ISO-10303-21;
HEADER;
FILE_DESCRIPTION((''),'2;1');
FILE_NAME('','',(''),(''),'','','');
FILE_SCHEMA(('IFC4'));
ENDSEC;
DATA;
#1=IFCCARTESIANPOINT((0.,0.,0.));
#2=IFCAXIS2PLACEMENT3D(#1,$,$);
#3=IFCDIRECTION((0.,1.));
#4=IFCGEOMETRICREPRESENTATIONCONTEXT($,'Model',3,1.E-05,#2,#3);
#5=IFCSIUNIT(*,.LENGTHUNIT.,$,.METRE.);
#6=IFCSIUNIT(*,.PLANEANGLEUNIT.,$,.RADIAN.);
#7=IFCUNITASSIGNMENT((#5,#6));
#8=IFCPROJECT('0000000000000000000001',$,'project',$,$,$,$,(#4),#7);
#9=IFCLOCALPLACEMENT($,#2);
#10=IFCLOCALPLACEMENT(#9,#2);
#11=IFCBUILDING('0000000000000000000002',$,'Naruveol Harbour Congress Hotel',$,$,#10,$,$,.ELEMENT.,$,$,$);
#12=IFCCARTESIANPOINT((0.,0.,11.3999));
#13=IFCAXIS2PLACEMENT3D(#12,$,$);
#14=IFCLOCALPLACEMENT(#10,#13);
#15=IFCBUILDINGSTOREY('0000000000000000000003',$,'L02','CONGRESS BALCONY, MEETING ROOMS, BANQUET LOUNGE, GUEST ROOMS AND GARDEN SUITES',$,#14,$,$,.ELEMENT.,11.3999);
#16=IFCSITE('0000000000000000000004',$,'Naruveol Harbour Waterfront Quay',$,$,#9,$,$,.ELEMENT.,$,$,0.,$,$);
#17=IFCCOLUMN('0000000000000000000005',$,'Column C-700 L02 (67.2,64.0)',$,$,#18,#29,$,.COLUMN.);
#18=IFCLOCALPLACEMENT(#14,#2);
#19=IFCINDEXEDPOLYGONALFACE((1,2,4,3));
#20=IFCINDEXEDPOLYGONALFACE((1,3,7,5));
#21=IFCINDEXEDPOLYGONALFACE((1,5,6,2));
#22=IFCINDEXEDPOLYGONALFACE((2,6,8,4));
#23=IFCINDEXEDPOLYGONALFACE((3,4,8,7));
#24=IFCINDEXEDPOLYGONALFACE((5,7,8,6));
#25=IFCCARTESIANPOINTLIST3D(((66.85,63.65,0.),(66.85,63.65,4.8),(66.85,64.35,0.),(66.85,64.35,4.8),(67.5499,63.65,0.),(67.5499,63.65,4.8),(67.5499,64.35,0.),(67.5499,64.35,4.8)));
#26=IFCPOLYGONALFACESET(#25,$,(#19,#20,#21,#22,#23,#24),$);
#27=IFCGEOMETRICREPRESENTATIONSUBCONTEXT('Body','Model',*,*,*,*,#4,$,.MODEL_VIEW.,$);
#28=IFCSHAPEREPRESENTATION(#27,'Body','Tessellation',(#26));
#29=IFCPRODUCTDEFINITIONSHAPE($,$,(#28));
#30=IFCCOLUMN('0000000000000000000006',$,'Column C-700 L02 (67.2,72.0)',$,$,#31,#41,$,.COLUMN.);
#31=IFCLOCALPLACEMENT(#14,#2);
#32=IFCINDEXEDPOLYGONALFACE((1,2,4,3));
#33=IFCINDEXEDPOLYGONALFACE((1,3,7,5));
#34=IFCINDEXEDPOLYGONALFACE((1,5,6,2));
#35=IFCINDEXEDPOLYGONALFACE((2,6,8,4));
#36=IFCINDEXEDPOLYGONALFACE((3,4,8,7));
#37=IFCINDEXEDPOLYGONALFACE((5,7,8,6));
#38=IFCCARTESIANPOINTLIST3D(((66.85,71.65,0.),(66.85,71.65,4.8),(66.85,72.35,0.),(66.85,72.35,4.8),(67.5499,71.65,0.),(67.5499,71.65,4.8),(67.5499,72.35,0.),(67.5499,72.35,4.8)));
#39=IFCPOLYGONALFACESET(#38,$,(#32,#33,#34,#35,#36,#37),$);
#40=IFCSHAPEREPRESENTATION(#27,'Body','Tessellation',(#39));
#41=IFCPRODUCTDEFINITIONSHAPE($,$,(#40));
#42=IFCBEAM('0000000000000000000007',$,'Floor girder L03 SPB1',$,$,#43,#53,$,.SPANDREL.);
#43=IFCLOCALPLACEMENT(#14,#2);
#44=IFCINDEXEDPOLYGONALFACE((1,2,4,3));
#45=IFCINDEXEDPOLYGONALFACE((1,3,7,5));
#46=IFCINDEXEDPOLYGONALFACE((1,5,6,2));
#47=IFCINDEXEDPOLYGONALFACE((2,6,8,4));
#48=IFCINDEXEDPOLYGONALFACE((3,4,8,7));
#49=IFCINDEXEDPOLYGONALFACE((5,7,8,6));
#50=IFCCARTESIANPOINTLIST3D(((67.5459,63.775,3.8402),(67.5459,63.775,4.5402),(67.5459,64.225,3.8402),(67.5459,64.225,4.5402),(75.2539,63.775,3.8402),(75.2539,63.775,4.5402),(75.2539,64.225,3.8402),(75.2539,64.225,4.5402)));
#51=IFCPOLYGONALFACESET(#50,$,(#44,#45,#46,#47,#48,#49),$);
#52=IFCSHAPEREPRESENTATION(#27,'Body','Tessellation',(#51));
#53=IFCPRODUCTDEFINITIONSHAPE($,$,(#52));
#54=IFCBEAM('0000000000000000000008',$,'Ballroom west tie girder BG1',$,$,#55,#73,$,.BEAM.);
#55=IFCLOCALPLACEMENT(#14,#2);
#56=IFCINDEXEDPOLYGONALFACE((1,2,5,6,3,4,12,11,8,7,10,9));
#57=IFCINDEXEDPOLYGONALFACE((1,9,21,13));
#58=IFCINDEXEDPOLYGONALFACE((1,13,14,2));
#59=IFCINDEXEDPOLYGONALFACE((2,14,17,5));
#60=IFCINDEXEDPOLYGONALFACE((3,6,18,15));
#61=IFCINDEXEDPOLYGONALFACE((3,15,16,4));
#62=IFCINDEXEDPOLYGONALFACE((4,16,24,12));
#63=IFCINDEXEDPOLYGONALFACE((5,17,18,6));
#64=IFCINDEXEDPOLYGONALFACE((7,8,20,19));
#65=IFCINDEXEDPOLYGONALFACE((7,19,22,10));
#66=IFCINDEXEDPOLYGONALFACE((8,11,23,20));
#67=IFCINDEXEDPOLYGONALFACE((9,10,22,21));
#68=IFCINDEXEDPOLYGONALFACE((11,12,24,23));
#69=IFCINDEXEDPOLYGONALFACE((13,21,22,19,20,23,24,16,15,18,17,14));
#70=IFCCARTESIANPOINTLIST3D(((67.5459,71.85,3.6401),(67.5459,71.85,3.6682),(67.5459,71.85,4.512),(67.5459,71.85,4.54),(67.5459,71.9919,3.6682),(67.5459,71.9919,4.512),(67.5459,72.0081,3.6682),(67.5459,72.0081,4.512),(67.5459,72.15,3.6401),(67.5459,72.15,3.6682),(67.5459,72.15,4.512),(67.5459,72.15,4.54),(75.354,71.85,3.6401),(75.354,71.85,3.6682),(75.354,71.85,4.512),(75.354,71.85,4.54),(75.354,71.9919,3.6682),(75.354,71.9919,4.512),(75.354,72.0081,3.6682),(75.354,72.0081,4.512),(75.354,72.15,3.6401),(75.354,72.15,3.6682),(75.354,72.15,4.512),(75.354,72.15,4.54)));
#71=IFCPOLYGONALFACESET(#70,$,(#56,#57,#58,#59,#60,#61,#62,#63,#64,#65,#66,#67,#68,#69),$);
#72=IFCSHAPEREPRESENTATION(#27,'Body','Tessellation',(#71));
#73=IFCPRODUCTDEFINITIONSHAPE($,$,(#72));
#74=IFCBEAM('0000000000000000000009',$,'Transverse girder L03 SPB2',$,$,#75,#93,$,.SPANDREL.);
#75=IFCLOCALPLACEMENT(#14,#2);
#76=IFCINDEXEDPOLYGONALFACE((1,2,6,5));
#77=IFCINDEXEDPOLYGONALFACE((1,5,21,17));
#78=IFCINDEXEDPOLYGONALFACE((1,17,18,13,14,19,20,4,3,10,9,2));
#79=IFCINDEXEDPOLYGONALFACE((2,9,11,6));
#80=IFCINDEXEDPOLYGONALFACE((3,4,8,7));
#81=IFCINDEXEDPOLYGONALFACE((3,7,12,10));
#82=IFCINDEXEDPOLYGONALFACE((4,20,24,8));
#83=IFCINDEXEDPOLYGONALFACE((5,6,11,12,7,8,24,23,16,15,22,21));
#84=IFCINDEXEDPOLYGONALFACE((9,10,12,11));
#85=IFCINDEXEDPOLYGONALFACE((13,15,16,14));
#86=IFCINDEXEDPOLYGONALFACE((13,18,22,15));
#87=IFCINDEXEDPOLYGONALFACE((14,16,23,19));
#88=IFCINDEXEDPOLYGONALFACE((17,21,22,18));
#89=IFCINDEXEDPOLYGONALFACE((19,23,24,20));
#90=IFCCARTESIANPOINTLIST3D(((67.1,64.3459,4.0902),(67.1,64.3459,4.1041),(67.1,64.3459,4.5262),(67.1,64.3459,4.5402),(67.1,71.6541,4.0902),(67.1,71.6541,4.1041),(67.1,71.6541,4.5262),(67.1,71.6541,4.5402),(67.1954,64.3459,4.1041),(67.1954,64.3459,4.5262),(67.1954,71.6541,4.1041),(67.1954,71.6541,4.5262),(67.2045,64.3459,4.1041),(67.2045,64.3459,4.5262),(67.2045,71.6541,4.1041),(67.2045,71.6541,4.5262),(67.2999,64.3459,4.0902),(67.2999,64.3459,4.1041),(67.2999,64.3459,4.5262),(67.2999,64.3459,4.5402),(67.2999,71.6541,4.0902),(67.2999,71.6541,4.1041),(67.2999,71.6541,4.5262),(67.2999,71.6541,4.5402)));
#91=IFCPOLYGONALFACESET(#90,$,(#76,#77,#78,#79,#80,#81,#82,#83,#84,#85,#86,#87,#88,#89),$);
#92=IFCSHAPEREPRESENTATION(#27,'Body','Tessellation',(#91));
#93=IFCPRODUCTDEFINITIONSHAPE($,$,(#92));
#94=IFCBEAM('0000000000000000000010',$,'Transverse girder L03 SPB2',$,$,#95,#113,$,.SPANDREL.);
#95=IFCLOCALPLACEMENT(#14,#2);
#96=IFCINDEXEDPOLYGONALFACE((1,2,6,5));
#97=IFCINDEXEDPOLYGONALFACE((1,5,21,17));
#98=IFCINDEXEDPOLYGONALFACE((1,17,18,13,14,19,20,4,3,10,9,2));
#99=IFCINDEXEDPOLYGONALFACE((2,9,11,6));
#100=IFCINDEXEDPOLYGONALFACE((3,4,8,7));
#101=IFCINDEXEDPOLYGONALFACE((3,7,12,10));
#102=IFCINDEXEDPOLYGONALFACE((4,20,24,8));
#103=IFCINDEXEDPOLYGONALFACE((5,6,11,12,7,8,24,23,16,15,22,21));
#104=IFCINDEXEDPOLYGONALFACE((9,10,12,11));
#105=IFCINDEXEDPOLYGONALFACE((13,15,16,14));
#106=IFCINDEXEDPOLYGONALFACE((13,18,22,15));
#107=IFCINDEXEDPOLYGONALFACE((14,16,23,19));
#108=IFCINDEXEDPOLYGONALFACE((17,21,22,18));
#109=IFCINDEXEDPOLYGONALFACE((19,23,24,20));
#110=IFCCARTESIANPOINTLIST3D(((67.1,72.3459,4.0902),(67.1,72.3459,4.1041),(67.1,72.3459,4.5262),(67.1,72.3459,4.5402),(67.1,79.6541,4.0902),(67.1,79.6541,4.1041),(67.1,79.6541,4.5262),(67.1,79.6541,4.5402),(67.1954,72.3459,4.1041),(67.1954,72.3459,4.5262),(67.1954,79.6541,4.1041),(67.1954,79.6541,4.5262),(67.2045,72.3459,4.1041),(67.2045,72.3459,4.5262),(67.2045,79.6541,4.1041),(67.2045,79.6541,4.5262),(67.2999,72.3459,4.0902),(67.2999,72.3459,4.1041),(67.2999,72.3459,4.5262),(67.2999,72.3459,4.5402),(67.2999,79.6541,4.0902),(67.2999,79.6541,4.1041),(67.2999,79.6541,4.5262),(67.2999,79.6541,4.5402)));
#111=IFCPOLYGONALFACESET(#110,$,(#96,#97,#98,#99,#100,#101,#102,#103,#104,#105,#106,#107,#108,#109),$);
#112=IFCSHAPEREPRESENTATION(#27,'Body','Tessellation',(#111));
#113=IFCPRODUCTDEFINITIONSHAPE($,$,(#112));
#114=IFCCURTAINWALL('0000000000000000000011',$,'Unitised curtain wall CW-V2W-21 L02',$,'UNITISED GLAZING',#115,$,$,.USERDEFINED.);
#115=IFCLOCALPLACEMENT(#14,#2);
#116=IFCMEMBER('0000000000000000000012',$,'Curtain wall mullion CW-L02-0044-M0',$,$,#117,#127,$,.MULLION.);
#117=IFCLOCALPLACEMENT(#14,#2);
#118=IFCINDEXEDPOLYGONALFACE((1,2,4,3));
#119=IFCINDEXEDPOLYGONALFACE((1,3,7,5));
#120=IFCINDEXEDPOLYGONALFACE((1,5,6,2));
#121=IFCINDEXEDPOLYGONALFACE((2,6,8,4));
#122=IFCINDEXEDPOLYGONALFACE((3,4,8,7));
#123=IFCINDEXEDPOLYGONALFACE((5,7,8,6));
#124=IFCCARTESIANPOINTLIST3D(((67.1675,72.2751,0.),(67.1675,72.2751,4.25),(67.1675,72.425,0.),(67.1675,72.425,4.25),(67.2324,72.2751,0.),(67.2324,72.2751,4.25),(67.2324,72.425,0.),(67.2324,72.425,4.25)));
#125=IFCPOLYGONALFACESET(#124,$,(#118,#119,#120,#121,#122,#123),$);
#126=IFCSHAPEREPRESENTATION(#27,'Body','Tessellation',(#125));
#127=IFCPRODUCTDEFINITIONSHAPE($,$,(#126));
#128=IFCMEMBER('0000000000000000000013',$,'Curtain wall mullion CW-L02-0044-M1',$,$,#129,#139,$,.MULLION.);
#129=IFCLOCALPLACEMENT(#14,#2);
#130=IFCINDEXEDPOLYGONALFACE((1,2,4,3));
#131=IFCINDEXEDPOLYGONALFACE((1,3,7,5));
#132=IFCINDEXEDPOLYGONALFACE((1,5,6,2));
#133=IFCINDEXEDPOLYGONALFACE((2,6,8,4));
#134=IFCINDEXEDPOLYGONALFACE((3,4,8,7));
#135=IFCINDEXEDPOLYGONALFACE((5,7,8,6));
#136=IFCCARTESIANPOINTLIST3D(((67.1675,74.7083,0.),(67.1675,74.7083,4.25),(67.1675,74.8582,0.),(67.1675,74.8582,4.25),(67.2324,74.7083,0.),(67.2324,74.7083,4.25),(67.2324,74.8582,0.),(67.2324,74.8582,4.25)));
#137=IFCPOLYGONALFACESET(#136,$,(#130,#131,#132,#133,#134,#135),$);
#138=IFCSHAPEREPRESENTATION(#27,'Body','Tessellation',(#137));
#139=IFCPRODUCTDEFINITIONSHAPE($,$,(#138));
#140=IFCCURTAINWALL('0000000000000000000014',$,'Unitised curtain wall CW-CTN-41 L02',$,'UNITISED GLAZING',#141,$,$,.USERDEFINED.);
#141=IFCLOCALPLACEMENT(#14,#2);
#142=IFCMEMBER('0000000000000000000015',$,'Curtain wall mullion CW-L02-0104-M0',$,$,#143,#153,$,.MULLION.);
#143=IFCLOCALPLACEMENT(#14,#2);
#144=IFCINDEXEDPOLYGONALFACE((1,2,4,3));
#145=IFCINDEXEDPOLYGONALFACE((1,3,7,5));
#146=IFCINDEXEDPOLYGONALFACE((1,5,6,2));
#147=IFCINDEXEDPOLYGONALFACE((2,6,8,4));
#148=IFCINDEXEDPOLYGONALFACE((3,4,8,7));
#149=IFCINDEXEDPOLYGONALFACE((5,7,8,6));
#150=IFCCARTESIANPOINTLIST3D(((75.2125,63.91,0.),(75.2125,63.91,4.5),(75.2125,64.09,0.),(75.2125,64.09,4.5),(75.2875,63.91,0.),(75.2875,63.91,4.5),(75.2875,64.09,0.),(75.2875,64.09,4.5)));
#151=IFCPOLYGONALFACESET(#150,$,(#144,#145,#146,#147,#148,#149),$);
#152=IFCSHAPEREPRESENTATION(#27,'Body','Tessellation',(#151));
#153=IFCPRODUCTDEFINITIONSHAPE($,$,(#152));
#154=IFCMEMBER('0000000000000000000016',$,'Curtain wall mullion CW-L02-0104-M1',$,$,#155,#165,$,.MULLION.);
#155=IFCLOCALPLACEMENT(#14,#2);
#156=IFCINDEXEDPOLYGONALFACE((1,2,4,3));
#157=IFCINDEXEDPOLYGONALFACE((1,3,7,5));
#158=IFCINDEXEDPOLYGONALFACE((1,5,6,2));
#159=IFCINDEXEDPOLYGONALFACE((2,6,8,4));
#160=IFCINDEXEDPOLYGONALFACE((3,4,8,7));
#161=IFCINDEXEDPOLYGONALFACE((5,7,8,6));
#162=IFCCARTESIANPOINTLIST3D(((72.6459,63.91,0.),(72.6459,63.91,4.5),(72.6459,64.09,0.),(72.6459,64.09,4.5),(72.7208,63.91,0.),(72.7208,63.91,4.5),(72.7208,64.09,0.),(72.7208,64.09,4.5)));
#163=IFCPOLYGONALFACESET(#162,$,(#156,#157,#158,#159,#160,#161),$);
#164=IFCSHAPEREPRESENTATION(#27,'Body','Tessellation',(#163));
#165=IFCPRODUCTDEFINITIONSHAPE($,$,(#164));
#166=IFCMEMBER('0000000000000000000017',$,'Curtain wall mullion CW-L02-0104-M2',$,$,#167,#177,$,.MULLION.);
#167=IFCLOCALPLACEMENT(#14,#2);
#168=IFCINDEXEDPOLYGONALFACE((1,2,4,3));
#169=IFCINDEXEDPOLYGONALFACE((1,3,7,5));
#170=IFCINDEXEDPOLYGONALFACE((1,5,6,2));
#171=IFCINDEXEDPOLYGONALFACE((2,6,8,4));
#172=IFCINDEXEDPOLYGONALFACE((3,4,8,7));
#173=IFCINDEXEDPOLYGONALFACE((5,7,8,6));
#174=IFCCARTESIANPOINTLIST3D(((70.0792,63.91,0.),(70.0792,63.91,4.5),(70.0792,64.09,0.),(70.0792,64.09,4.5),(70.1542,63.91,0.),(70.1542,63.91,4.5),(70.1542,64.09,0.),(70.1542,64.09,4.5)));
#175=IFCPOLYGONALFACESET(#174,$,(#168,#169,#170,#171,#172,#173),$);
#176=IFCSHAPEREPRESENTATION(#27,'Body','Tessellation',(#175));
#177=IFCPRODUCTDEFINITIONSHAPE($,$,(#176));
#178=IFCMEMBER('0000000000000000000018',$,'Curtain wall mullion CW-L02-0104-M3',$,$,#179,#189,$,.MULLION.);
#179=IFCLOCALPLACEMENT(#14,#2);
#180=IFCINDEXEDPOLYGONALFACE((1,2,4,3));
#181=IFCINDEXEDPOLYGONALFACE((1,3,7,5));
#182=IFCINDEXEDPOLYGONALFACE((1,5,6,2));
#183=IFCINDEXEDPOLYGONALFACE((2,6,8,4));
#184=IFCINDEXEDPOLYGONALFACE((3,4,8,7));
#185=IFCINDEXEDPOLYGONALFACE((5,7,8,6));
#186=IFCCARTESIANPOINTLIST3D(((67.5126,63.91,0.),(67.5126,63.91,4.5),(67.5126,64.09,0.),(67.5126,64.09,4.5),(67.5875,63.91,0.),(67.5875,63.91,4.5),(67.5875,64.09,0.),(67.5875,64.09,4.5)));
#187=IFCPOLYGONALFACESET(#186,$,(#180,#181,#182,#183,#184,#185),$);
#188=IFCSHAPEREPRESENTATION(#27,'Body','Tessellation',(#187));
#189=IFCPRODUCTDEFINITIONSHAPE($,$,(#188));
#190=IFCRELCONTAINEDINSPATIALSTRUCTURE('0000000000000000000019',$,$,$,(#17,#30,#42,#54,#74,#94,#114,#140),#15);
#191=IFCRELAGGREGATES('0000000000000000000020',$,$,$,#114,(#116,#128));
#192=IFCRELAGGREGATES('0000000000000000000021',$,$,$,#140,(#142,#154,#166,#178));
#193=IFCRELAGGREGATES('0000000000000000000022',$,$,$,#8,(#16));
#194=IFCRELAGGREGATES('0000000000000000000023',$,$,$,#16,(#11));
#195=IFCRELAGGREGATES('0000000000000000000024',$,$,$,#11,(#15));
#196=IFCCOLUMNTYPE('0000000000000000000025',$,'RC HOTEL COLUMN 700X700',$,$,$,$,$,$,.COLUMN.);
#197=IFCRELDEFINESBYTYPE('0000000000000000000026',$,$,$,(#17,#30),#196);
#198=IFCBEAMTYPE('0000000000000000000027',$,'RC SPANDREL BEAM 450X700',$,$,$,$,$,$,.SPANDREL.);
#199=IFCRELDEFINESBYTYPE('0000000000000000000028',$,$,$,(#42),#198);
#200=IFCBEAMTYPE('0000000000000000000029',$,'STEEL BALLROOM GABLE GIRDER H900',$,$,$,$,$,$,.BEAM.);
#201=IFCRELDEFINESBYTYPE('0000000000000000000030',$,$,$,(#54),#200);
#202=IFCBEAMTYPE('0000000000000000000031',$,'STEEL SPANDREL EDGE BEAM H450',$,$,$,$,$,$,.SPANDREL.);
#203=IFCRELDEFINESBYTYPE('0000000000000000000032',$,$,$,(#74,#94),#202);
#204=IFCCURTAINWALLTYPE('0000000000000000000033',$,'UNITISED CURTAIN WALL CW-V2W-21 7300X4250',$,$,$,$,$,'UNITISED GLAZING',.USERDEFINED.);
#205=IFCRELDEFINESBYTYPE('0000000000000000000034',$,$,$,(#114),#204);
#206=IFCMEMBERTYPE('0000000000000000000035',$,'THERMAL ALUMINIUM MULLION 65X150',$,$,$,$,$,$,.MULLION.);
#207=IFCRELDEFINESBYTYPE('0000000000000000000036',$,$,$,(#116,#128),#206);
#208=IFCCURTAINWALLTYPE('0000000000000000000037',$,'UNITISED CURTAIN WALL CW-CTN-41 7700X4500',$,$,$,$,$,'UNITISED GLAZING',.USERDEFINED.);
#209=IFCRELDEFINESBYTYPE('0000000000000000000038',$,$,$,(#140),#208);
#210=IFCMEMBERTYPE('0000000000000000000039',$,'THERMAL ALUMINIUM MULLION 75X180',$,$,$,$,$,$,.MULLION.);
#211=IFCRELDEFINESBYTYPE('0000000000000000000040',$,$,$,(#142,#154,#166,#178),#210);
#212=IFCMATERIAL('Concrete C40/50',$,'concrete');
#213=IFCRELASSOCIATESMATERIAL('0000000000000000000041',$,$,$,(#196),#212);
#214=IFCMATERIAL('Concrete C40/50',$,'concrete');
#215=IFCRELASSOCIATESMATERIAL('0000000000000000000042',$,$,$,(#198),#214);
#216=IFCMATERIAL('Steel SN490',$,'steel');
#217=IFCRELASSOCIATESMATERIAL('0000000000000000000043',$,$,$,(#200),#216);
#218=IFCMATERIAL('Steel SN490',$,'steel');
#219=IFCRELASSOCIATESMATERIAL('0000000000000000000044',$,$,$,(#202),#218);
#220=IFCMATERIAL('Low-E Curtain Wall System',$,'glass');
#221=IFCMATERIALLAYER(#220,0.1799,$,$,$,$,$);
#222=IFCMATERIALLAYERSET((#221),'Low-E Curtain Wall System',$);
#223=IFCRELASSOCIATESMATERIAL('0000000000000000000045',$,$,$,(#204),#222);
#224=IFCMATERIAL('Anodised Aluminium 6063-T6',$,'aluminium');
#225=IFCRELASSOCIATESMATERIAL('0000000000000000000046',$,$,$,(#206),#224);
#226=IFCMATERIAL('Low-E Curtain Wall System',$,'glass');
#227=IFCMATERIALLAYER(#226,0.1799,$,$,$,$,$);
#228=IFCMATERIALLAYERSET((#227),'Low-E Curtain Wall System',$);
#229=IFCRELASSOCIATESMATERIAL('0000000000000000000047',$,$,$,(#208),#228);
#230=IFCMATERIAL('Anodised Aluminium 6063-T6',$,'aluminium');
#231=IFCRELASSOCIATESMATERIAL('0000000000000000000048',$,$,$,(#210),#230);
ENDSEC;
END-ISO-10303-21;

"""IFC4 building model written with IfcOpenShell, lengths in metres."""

from ifc_helpers import new_model, si_unit, direction, frame, origin, origin_2d, place, context, subcontext, project, spatial, rectangle, i_section, extrude, material, layer, layer_set, material_profile, profile_set, type_object, element, aggregate, save


model = new_model("IFC4")

# Units and contexts
model_context = context("Model", 3, precision=1e-05, world=origin(), true_north=direction((0.0, 1.0)))
body_context = subcontext(model_context, "Body", "Model", "MODEL_VIEW")
ifc_project = project(units=[si_unit("LENGTHUNIT", "METRE"), si_unit("PLANEANGLEUNIT", "RADIAN")], contexts=[model_context])

# Site, building, storey
site_placement = place(None, origin())
site = spatial("IfcSite", under=ifc_project, at=site_placement, Name="Naruveol Harbour Waterfront Quay", CompositionType="ELEMENT", RefElevation=0.0)
building_placement = place(site_placement, origin())
building = spatial("IfcBuilding", under=site, at=building_placement, Name="Naruveol Harbour Congress Hotel", CompositionType="ELEMENT")
storey_placement = place(building_placement, frame((0.0, 0.0, 11.3999)))
storey = spatial("IfcBuildingStorey", under=building, at=storey_placement, Name="L02", Description="CONGRESS BALCONY, MEETING ROOMS, BANQUET LOUNGE, GUEST ROOMS AND GARDEN SUITES", CompositionType="ELEMENT", Elevation=11.3999)

# Columns
ifc_material_1 = material(Name="Concrete C40/50", Category="concrete")
ifc_material_profile_1 = material_profile(ifc_material_1, rectangle(XDim=0.7, YDim=0.7, at=origin_2d()), Name="RC-700x700")
ifc_profile_set_1 = profile_set([ifc_material_profile_1], Name="Concrete C40/50")
column_type = type_object("IfcColumnType", Name="RC HOTEL COLUMN 700X700", PredefinedType="COLUMN", material=ifc_profile_set_1)
for number, where, z_axis, x_axis, name in (
    (1, (67.2, 64.0, 0.0), (0.0, 0.0, 1.0), (1.0, 0.0, 0.0), "Column C-700 L02 (67.2,64.0)"),
    (2, (67.2, 72.0, 0.0), (0.0, 0.0, 1.0), (1.0, 0.0, 0.0), "Column C-700 L02 (67.2,72.0)"),
):
    element("IfcColumn", number, at=place(storey_placement, frame(where, z_axis=z_axis, x_axis=x_axis)), inside=storey, type_object=column_type, Name=name, PredefinedType="COLUMN", context=body_context, shape_type="SweptSolid", body=[
        extrude(rectangle(XDim=0.7, YDim=0.7, at=origin_2d()), origin(), (0.0, 0.0, 1.0), 4.8),
    ])

# Beams
ifc_material_2 = material(Name="Concrete C40/50", Category="concrete")
ifc_material_profile_2 = material_profile(ifc_material_2, rectangle(XDim=0.45, YDim=0.7, at=origin_2d()), Name="RCB-450x700")
ifc_profile_set_2 = profile_set([ifc_material_profile_2], Name="Concrete C40/50")
beam_type_1 = type_object("IfcBeamType", Name="RC SPANDREL BEAM 450X700", PredefinedType="SPANDREL", material=ifc_profile_set_2)
beam_1_placement = place(storey_placement, frame((67.5459, 64.0, 4.1902), z_axis=(1.0, 0.0, 0.0), x_axis=(0.0, 1.0, 0.0)))
element("IfcBeam", 3, at=beam_1_placement, inside=storey, type_object=beam_type_1, Name="Floor girder L03 SPB1", PredefinedType="SPANDREL", context=body_context, shape_type="SweptSolid", body=[
    extrude(rectangle(XDim=0.45, YDim=0.7, at=origin_2d()), origin(), (0.0, 0.0, 1.0), 7.708),
])
ifc_material_3 = material(Name="Steel SN490", Category="steel")
ifc_material_profile_3 = material_profile(ifc_material_3, i_section(OverallWidth=0.3, OverallDepth=0.8999, WebThickness=0.0161, FlangeThickness=0.0281, at=origin_2d()), Name="H-900x300x16x28")
ifc_profile_set_3 = profile_set([ifc_material_profile_3], Name="Steel SN490")
beam_type_2 = type_object("IfcBeamType", Name="STEEL BALLROOM GABLE GIRDER H900", PredefinedType="BEAM", material=ifc_profile_set_3)
beam_2_placement = place(storey_placement, frame((67.5459, 72.0, 4.0901), z_axis=(1.0, 0.0, 0.0), x_axis=(0.0, 1.0, 0.0)))
element("IfcBeam", 4, at=beam_2_placement, inside=storey, type_object=beam_type_2, Name="Ballroom west tie girder BG1", PredefinedType="BEAM", context=body_context, shape_type="SweptSolid", body=[
    extrude(i_section(OverallWidth=0.3, OverallDepth=0.8999, WebThickness=0.0161, FlangeThickness=0.0281, at=origin_2d()), origin(), (0.0, 0.0, 1.0), 7.8081),
])
ifc_material_4 = material(Name="Steel SN490", Category="steel")
ifc_material_profile_4 = material_profile(ifc_material_4, i_section(OverallWidth=0.2, OverallDepth=0.45, WebThickness=0.009, FlangeThickness=0.0139, at=origin_2d()), Name="H-450x200x9x14")
ifc_profile_set_4 = profile_set([ifc_material_profile_4], Name="Steel SN490")
beam_type_3 = type_object("IfcBeamType", Name="STEEL SPANDREL EDGE BEAM H450", PredefinedType="SPANDREL", material=ifc_profile_set_4)
for number, where, z_axis, x_axis, name in (
    (5, (67.2, 64.3459, 4.3152), (0.0, 1.0, 0.0), (-1.0, 0.0, 0.0), "Transverse girder L03 SPB2"),
    (6, (67.2, 72.3459, 4.3152), (0.0, 1.0, 0.0), (-1.0, 0.0, 0.0), "Transverse girder L03 SPB2"),
):
    element("IfcBeam", number, at=place(storey_placement, frame(where, z_axis=z_axis, x_axis=x_axis)), inside=storey, type_object=beam_type_3, Name=name, PredefinedType="SPANDREL", context=body_context, shape_type="SweptSolid", body=[
        extrude(i_section(OverallWidth=0.2, OverallDepth=0.45, WebThickness=0.009, FlangeThickness=0.0139, at=origin_2d()), origin(), (0.0, 0.0, 1.0), 7.3081),
    ])

# Curtain walls, members
ifc_material_5 = material(Name="Low-E Curtain Wall System", Category="glass")
ifc_layer_1 = layer(ifc_material_5, 0.1799)
ifc_layer_set_1 = layer_set([ifc_layer_1], Name="Low-E Curtain Wall System")
curtain_wall_type_1 = type_object("IfcCurtainWallType", Name="UNITISED CURTAIN WALL CW-V2W-21 7300X4250", ElementType="UNITISED GLAZING", PredefinedType="USERDEFINED", material=ifc_layer_set_1)
curtain_wall_1_placement = place(storey_placement, origin())
curtain_wall_1 = element("IfcCurtainWall", 7, at=curtain_wall_1_placement, inside=storey, type_object=curtain_wall_type_1, Name="Unitised curtain wall CW-V2W-21 L02", ObjectType="UNITISED GLAZING", PredefinedType="USERDEFINED")
ifc_material_6 = material(Name="Anodised Aluminium 6063-T6", Category="aluminium")
ifc_material_profile_5 = material_profile(ifc_material_6, rectangle(XDim=0.0649, YDim=0.1499, at=origin_2d()), Name="ALU-65x150")
ifc_profile_set_5 = profile_set([ifc_material_profile_5], Name="Anodised Aluminium 6063-T6")
member_type_1 = type_object("IfcMemberType", Name="THERMAL ALUMINIUM MULLION 65X150", PredefinedType="MULLION", material=ifc_profile_set_5)
member_1_placement = place(storey_placement, frame((67.2, 72.3501, 0.0), z_axis=(0.0, 0.0, 1.0), x_axis=(1.0, 0.0, 0.0)))
member_1 = element("IfcMember", 8, at=member_1_placement, type_object=member_type_1, Name="Curtain wall mullion CW-L02-0044-M0", PredefinedType="MULLION", context=body_context, shape_type="SweptSolid", body=[
    extrude(rectangle(XDim=0.0649, YDim=0.1499, at=origin_2d()), origin(), (0.0, 0.0, 1.0), 4.25),
])
member_2_placement = place(storey_placement, frame((67.2, 74.7832, 0.0), z_axis=(0.0, 0.0, 1.0), x_axis=(1.0, 0.0, 0.0)))
member_2 = element("IfcMember", 9, at=member_2_placement, type_object=member_type_1, Name="Curtain wall mullion CW-L02-0044-M1", PredefinedType="MULLION", context=body_context, shape_type="SweptSolid", body=[
    extrude(rectangle(XDim=0.0649, YDim=0.1499, at=origin_2d()), origin(), (0.0, 0.0, 1.0), 4.25),
])
ifc_material_7 = material(Name="Low-E Curtain Wall System", Category="glass")
ifc_layer_2 = layer(ifc_material_7, 0.1799)
ifc_layer_set_2 = layer_set([ifc_layer_2], Name="Low-E Curtain Wall System")
curtain_wall_type_2 = type_object("IfcCurtainWallType", Name="UNITISED CURTAIN WALL CW-CTN-41 7700X4500", ElementType="UNITISED GLAZING", PredefinedType="USERDEFINED", material=ifc_layer_set_2)
curtain_wall_2_placement = place(storey_placement, origin())
curtain_wall_2 = element("IfcCurtainWall", 10, at=curtain_wall_2_placement, inside=storey, type_object=curtain_wall_type_2, Name="Unitised curtain wall CW-CTN-41 L02", ObjectType="UNITISED GLAZING", PredefinedType="USERDEFINED")
ifc_material_8 = material(Name="Anodised Aluminium 6063-T6", Category="aluminium")
ifc_material_profile_6 = material_profile(ifc_material_8, rectangle(XDim=0.075, YDim=0.1799, at=origin_2d()), Name="ALU-75x180")
ifc_profile_set_6 = profile_set([ifc_material_profile_6], Name="Anodised Aluminium 6063-T6")
member_type_2 = type_object("IfcMemberType", Name="THERMAL ALUMINIUM MULLION 75X180", PredefinedType="MULLION", material=ifc_profile_set_6)
member_3_placement = place(storey_placement, frame((75.25, 64.0, 0.0), z_axis=(0.0, 0.0, 1.0), x_axis=(1.0, 0.0, 0.0)))
member_3 = element("IfcMember", 11, at=member_3_placement, type_object=member_type_2, Name="Curtain wall mullion CW-L02-0104-M0", PredefinedType="MULLION", context=body_context, shape_type="SweptSolid", body=[
    extrude(rectangle(XDim=0.075, YDim=0.1799, at=origin_2d()), origin(), (0.0, 0.0, 1.0), 4.5),
])
member_4_placement = place(storey_placement, frame((72.6833, 64.0, 0.0), z_axis=(0.0, 0.0, 1.0), x_axis=(1.0, 0.0, 0.0)))
member_4 = element("IfcMember", 12, at=member_4_placement, type_object=member_type_2, Name="Curtain wall mullion CW-L02-0104-M1", PredefinedType="MULLION", context=body_context, shape_type="SweptSolid", body=[
    extrude(rectangle(XDim=0.075, YDim=0.1799, at=origin_2d()), origin(), (0.0, 0.0, 1.0), 4.5),
])
member_5_placement = place(storey_placement, frame((70.1167, 64.0, 0.0), z_axis=(0.0, 0.0, 1.0), x_axis=(1.0, 0.0, 0.0)))
member_5 = element("IfcMember", 13, at=member_5_placement, type_object=member_type_2, Name="Curtain wall mullion CW-L02-0104-M2", PredefinedType="MULLION", context=body_context, shape_type="SweptSolid", body=[
    extrude(rectangle(XDim=0.075, YDim=0.1799, at=origin_2d()), origin(), (0.0, 0.0, 1.0), 4.5),
])
member_6_placement = place(storey_placement, frame((67.55, 64.0, 0.0), z_axis=(0.0, 0.0, 1.0), x_axis=(1.0, 0.0, 0.0)))
member_6 = element("IfcMember", 14, at=member_6_placement, type_object=member_type_2, Name="Curtain wall mullion CW-L02-0104-M3", PredefinedType="MULLION", context=body_context, shape_type="SweptSolid", body=[
    extrude(rectangle(XDim=0.075, YDim=0.1799, at=origin_2d()), origin(), (0.0, 0.0, 1.0), 4.5),
])

aggregate(curtain_wall_1, [member_1, member_2])

aggregate(curtain_wall_2, [member_3, member_4, member_5, member_6])

save(model, "model.ifc")
